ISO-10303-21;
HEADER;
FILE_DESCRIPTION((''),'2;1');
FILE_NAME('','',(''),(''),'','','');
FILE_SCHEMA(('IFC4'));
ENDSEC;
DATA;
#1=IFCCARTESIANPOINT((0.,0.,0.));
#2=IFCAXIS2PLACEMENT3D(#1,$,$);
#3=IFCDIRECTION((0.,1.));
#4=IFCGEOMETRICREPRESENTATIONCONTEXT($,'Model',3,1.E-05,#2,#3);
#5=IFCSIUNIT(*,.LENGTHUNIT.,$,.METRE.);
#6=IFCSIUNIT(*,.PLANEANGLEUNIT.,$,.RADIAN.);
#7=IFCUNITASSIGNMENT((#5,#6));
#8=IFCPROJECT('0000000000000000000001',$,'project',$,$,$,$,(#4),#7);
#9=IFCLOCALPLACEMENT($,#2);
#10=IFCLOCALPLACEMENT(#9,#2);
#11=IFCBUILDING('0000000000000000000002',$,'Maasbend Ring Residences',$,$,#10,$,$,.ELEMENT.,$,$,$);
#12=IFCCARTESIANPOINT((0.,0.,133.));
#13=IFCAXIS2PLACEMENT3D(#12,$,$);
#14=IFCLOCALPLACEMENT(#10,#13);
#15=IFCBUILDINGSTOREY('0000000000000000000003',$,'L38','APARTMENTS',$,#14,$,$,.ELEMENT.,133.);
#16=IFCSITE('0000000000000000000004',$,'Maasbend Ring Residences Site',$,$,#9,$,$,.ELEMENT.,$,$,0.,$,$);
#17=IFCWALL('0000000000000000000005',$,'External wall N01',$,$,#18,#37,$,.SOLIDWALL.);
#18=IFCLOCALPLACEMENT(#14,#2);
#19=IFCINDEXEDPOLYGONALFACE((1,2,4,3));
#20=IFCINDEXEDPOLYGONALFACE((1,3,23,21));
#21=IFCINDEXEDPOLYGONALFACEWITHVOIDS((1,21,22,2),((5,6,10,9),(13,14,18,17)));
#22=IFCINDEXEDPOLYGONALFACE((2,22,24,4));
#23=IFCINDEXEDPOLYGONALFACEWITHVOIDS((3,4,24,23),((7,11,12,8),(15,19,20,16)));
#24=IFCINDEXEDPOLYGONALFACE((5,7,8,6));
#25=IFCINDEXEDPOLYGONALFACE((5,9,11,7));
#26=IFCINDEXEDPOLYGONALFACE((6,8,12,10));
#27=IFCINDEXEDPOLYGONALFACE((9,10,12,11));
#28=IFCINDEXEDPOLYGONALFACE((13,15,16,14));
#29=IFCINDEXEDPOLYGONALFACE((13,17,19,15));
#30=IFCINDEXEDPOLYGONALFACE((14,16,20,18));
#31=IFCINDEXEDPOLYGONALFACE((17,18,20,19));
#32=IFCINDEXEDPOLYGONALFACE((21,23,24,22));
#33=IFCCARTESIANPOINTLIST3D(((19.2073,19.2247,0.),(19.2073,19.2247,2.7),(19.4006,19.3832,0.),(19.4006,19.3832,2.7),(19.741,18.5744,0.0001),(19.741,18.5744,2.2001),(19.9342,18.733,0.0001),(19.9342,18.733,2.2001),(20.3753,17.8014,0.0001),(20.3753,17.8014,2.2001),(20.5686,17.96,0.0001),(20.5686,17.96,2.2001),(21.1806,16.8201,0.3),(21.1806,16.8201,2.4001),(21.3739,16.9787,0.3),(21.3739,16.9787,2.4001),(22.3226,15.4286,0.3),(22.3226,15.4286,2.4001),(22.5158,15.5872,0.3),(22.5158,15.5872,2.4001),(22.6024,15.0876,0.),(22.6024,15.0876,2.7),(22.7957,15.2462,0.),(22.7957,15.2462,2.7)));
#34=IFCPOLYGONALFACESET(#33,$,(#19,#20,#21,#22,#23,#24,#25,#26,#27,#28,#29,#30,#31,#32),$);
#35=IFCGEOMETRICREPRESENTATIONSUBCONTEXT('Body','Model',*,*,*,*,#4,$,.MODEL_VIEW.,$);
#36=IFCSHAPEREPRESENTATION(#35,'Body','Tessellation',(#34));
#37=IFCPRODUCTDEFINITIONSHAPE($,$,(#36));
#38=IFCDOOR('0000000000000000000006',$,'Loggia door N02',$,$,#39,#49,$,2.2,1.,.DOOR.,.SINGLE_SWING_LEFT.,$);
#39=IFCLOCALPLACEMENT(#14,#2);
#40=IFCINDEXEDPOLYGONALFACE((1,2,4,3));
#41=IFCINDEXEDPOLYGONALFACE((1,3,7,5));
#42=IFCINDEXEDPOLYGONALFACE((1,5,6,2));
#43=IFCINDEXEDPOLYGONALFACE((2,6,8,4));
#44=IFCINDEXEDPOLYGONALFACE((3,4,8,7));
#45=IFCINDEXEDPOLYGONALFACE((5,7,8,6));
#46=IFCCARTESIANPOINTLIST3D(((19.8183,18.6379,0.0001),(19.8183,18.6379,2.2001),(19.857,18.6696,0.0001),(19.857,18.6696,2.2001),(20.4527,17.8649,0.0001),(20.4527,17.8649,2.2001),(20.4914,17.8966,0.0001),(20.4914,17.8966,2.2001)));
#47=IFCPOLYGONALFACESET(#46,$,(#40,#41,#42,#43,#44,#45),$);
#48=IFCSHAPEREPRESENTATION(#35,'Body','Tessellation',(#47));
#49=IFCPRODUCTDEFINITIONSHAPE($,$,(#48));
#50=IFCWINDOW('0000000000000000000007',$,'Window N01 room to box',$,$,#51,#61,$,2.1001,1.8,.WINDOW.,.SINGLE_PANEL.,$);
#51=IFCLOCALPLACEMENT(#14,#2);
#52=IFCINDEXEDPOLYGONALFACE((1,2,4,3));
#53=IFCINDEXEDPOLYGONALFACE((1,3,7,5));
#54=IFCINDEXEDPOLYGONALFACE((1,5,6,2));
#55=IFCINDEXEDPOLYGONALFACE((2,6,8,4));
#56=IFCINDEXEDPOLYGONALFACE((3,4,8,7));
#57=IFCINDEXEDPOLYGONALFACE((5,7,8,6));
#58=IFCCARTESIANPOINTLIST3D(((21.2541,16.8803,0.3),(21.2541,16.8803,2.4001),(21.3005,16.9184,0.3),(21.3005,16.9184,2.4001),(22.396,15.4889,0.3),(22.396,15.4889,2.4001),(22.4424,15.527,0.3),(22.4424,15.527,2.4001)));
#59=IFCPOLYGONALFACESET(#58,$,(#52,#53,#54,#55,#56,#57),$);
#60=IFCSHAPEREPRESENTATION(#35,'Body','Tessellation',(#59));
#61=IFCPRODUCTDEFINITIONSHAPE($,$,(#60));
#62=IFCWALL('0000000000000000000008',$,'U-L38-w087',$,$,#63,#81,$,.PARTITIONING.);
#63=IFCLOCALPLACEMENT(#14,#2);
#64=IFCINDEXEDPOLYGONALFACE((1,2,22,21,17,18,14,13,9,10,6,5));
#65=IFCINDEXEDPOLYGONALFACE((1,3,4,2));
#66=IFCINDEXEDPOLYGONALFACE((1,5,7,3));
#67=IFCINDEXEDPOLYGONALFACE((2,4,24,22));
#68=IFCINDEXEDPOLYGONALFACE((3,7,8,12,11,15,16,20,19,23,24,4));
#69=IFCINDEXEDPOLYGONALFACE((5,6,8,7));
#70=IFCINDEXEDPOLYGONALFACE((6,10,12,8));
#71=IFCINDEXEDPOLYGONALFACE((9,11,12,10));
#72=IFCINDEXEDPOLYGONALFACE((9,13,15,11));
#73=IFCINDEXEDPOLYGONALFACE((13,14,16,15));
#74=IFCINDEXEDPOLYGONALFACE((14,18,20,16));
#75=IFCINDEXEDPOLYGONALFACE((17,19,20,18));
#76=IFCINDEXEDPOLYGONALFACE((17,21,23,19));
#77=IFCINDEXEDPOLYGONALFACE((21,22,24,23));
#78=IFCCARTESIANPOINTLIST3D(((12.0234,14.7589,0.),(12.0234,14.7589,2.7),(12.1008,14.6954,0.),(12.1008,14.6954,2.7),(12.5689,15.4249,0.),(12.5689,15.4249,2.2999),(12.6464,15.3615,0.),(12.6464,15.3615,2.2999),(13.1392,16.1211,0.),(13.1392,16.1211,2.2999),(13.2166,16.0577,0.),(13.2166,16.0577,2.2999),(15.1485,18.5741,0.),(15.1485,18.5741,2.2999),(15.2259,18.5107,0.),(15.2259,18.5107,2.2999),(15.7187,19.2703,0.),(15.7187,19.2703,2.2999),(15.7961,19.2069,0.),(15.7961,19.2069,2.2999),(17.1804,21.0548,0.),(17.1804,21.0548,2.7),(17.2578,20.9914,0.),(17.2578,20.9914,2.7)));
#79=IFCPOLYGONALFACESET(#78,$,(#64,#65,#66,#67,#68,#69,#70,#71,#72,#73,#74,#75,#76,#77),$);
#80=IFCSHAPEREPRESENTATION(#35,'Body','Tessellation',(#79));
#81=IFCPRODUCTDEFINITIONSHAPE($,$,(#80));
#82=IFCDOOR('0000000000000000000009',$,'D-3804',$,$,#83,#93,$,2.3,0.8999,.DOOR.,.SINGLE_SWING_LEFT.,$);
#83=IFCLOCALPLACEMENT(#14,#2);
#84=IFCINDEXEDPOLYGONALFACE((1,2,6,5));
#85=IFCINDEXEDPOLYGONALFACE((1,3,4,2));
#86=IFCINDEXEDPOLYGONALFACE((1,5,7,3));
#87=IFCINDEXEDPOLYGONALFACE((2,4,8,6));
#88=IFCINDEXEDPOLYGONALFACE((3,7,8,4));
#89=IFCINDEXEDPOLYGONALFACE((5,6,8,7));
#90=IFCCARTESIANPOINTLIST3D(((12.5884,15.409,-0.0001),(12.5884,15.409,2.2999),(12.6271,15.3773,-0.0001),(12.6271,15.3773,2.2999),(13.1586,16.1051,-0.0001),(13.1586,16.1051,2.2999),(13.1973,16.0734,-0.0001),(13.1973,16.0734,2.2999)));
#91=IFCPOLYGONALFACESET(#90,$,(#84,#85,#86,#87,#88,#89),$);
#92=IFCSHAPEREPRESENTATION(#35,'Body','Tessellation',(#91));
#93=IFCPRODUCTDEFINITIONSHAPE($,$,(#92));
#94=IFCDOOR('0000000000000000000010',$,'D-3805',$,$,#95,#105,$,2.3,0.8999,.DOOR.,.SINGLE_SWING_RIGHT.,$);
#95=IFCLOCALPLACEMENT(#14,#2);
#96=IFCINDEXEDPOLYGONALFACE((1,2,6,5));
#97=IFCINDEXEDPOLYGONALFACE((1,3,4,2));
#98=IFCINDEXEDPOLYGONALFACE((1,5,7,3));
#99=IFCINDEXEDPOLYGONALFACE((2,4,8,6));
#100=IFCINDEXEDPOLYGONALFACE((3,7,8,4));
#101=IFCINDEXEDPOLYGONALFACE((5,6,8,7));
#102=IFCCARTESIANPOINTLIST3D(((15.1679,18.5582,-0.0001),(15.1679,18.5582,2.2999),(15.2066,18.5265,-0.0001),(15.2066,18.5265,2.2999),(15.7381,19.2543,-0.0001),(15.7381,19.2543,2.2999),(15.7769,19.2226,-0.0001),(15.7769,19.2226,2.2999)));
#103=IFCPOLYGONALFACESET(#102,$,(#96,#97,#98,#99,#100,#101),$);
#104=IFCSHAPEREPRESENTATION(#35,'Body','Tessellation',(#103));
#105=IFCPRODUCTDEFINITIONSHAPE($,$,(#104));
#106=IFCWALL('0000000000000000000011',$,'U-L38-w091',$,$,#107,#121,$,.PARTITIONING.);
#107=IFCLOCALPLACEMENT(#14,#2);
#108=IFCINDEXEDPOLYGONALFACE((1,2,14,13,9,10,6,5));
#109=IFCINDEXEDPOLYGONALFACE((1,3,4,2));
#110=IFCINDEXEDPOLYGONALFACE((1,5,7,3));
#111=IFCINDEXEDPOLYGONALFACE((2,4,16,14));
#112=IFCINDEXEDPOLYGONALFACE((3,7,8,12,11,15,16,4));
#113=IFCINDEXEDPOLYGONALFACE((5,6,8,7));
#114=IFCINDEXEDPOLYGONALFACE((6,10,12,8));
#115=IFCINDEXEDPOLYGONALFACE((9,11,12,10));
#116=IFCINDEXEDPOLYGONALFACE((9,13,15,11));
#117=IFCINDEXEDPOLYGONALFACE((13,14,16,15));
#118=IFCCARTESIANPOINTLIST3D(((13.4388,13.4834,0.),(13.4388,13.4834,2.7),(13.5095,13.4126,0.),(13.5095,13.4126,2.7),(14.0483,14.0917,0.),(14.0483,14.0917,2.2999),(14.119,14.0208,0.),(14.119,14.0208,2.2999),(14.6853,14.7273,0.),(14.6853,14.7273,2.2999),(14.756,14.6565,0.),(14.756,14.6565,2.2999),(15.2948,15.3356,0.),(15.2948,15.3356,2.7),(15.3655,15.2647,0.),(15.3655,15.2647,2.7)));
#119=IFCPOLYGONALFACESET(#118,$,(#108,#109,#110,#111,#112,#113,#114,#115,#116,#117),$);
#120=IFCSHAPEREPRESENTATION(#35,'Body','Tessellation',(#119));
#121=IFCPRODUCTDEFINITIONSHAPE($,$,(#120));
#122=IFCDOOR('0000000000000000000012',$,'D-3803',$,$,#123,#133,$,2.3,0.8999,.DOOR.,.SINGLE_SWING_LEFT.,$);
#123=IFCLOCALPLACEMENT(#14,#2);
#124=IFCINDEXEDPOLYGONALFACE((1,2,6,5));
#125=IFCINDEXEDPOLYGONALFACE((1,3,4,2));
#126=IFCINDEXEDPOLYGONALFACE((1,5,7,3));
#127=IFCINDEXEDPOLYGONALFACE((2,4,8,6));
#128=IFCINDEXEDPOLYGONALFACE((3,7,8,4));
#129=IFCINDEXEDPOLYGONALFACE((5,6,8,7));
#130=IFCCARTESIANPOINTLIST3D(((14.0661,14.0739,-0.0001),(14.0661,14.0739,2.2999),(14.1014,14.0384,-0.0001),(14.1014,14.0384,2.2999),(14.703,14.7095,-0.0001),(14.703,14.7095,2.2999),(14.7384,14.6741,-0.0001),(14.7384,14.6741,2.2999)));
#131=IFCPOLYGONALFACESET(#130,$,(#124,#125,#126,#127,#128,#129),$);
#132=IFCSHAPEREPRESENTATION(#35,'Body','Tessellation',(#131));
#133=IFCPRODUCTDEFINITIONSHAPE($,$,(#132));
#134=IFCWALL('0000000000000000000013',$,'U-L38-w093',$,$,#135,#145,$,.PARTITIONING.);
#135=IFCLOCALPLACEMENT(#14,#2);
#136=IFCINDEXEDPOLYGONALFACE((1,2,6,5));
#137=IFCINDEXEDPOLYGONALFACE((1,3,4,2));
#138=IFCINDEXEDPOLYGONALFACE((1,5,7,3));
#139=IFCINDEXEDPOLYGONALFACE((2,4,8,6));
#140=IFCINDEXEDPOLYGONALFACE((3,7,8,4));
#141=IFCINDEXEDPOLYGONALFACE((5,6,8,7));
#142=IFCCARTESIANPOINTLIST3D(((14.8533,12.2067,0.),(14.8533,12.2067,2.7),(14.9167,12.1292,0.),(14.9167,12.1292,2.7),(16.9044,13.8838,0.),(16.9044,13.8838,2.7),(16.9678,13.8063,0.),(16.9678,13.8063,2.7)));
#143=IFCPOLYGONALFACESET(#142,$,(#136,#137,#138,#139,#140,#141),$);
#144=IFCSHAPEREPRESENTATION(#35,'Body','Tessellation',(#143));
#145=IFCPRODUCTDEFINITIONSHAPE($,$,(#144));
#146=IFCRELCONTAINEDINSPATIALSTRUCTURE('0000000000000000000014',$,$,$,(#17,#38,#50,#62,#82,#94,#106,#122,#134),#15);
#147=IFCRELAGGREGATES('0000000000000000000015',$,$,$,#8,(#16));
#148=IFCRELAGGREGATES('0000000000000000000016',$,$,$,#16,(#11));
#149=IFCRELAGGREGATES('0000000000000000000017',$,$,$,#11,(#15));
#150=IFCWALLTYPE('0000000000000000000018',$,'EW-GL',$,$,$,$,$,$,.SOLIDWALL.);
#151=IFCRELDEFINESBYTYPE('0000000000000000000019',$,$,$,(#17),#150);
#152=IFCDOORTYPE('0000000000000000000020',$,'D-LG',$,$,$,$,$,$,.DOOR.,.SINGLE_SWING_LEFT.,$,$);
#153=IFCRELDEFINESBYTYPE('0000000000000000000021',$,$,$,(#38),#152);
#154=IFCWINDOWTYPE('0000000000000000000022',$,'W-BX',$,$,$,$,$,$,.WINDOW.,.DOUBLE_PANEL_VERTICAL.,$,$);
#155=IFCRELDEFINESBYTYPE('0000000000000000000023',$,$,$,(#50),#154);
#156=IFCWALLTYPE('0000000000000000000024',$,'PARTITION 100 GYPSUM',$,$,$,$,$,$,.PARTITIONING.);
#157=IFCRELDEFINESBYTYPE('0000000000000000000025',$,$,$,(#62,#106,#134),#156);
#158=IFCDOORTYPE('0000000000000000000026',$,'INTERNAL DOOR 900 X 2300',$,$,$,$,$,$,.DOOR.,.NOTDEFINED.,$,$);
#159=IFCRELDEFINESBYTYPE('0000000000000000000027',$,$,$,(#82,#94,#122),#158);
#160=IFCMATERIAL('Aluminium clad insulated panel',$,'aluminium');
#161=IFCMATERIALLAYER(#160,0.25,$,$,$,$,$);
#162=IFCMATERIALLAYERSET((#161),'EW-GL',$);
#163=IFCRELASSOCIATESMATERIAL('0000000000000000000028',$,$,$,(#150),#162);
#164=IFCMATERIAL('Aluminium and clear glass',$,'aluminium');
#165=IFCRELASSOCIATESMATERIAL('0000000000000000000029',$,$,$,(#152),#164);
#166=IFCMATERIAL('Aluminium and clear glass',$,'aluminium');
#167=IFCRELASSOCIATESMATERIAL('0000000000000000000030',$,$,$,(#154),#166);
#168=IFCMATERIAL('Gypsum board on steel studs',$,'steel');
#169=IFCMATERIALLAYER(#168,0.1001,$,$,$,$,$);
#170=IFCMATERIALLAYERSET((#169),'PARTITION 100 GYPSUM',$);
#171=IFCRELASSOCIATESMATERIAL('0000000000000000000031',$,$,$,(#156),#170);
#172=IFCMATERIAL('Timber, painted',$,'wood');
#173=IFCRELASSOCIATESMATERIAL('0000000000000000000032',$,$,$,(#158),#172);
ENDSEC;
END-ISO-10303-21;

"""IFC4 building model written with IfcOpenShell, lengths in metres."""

from ifc_helpers import new_model, si_unit, direction, frame, frame_2d, origin, place, context, subcontext, project, spatial, rectangle, extrude, material, layer, layer_set, type_object, element, fill, save


model = new_model("IFC4")

# Units and contexts
model_context = context("Model", 3, precision=1e-05, world=origin(), true_north=direction((0.0, 1.0)))
body_context = subcontext(model_context, "Body", "Model", "MODEL_VIEW")
ifc_project = project(units=[si_unit("LENGTHUNIT", "METRE"), si_unit("PLANEANGLEUNIT", "RADIAN")], contexts=[model_context])

# Site, building, storey
site_placement = place(None, origin())
site = spatial("IfcSite", under=ifc_project, at=site_placement, Name="Maasbend Ring Residences Site", CompositionType="ELEMENT", RefElevation=0.0)
building_placement = place(site_placement, origin())
building = spatial("IfcBuilding", under=site, at=building_placement, Name="Maasbend Ring Residences", CompositionType="ELEMENT")
storey_placement = place(building_placement, frame((0.0, 0.0, 133.0)))
storey = spatial("IfcBuildingStorey", under=building, at=storey_placement, Name="L38", Description="APARTMENTS", CompositionType="ELEMENT", Elevation=133.0)

# Wall, openings, door, window
ifc_material_1 = material(Name="Aluminium clad insulated panel", Category="aluminium")
ifc_layer_1 = layer(ifc_material_1, 0.25)
ifc_layer_set_1 = layer_set([ifc_layer_1], Name="EW-GL")
wall_type_1 = type_object("IfcWallType", Name="EW-GL", PredefinedType="SOLIDWALL", material=ifc_layer_set_1)
wall_1_placement = place(storey_placement, frame((22.699, 15.167, 0.0), z_axis=(0.0, 0.0, 1.0), x_axis=(-0.634382, 0.773019, 0.0)))
wall_1 = element("IfcWall", 1, at=wall_1_placement, inside=storey, type_object=wall_type_1, Name="External wall N01", PredefinedType="SOLIDWALL", context=body_context, shape_type="SweptSolid", body=[
    extrude(rectangle(XDim=5.3518, YDim=0.25, at=frame_2d((2.6758, 0.0))), origin(), (0.0, 0.0, 1.0), 2.7),
])
opening_1_placement = place(wall_1_placement, frame((0.4412, 0.0, 0.3)))
opening_1 = element("IfcOpeningElement", 2, at=opening_1_placement, cuts=wall_1, PredefinedType="OPENING", context=body_context, shape_type="SweptSolid", body=[
    extrude(rectangle(XDim=1.8, YDim=2.1001, at=frame_2d((0.8999, 1.05))), frame((0.0, 0.135, 0.0), z_axis=(0.0, -1.0, 0.0), x_axis=(1.0, 0.0, 0.0)), (0.0, 0.0, 1.0), 0.27),
])
opening_2_placement = place(wall_1_placement, frame((3.5105, 0.0, 0.0)))
opening_2 = element("IfcOpeningElement", 3, at=opening_2_placement, cuts=wall_1, PredefinedType="OPENING", context=body_context, shape_type="SweptSolid", body=[
    extrude(rectangle(XDim=1.0, YDim=2.2, at=frame_2d((0.5, 1.1001))), frame((0.0, 0.135, 0.0), z_axis=(0.0, -1.0, 0.0), x_axis=(1.0, 0.0, 0.0)), (0.0, 0.0, 1.0), 0.27),
])
ifc_material_2 = material(Name="Aluminium and clear glass", Category="aluminium")
door_type_1 = type_object("IfcDoorType", Name="D-LG", OperationType="SINGLE_SWING_LEFT", PredefinedType="DOOR", material=ifc_material_2)
door_1_placement = place(opening_2_placement, origin())
door_1 = element("IfcDoor", 4, at=door_1_placement, inside=storey, type_object=door_type_1, Name="Loggia door N02", OperationType="SINGLE_SWING_LEFT", OverallHeight=2.2, OverallWidth=1.0, PredefinedType="DOOR", context=body_context, shape_type="SweptSolid", body=[
    extrude(rectangle(XDim=1.0, YDim=2.2, at=frame_2d((0.5, 1.1001))), frame((0.0, 0.0249, 0.0), z_axis=(0.0, -1.0, 0.0), x_axis=(1.0, 0.0, 0.0)), (0.0, 0.0, 1.0), 0.05),
])
fill(opening_2, door_1)
ifc_material_3 = material(Name="Aluminium and clear glass", Category="aluminium")
window_type_1 = type_object("IfcWindowType", Name="W-BX", PartitioningType="DOUBLE_PANEL_VERTICAL", PredefinedType="WINDOW", material=ifc_material_3)
window_1_placement = place(opening_1_placement, origin())
window_1 = element("IfcWindow", 5, at=window_1_placement, inside=storey, type_object=window_type_1, Name="Window N01 room to box", OverallHeight=2.1001, OverallWidth=1.8, PartitioningType="SINGLE_PANEL", PredefinedType="WINDOW", context=body_context, shape_type="SweptSolid", body=[
    extrude(rectangle(XDim=1.8, YDim=2.1001, at=frame_2d((0.8999, 1.05))), frame((0.0, 0.03, 0.0), z_axis=(0.0, -1.0, 0.0), x_axis=(1.0, 0.0, 0.0)), (0.0, 0.0, 1.0), 0.0601),
])
fill(opening_1, window_1)

# Wall, openings, doors
ifc_material_4 = material(Name="Gypsum board on steel studs", Category="steel")
ifc_layer_2 = layer(ifc_material_4, 0.1001)
ifc_layer_set_2 = layer_set([ifc_layer_2], Name="PARTITION 100 GYPSUM")
wall_type_2 = type_object("IfcWallType", Name="PARTITION 100 GYPSUM", PredefinedType="PARTITIONING", material=ifc_layer_set_2)
wall_2_placement = place(storey_placement, frame((12.062, 14.7271, 0.0), z_axis=(0.0, 0.0, 1.0), x_axis=(0.633664, 0.773608, 0.0)))
wall_2 = element("IfcWall", 6, at=wall_2_placement, inside=storey, type_object=wall_type_2, Name="U-L38-w087", PredefinedType="PARTITIONING", context=body_context, shape_type="SweptSolid", body=[
    extrude(rectangle(XDim=8.1384, YDim=0.1001, at=frame_2d((4.0693, 0.0))), origin(), (0.0, 0.0, 1.0), 2.7),
])
opening_3_placement = place(wall_2_placement, frame((0.8611, 0.0, 0.0)))
opening_3 = element("IfcOpeningElement", 7, at=opening_3_placement, cuts=wall_2, PredefinedType="OPENING", context=body_context, shape_type="SweptSolid", body=[
    extrude(rectangle(XDim=0.8999, YDim=2.3, at=frame_2d((0.45, 1.1499))), frame((0.0, 0.0601, 0.0), z_axis=(0.0, -1.0, 0.0), x_axis=(1.0, 0.0, 0.0)), (0.0, 0.0, 1.0), 0.1201),
])
opening_4_placement = place(wall_2_placement, frame((4.9319, 0.0, 0.0)))
opening_4 = element("IfcOpeningElement", 8, at=opening_4_placement, cuts=wall_2, PredefinedType="OPENING", context=body_context, shape_type="SweptSolid", body=[
    extrude(rectangle(XDim=0.8999, YDim=2.3, at=frame_2d((0.45, 1.1499))), frame((0.0, 0.0601, 0.0), z_axis=(0.0, -1.0, 0.0), x_axis=(1.0, 0.0, 0.0)), (0.0, 0.0, 1.0), 0.1201),
])
ifc_material_5 = material(Name="Timber, painted", Category="wood")
door_type_2 = type_object("IfcDoorType", Name="INTERNAL DOOR 900 X 2300", OperationType="NOTDEFINED", PredefinedType="DOOR", material=ifc_material_5)
door_2_placement = place(opening_3_placement, origin())
door_2 = element("IfcDoor", 9, at=door_2_placement, inside=storey, type_object=door_type_2, Name="D-3804", OperationType="SINGLE_SWING_LEFT", OverallHeight=2.3, OverallWidth=0.8999, PredefinedType="DOOR", context=body_context, shape_type="SweptSolid", body=[
    extrude(rectangle(XDim=0.8999, YDim=2.3, at=frame_2d((0.45, 1.1499))), frame((0.0, 0.0249, 0.0), z_axis=(0.0, -1.0, 0.0), x_axis=(1.0, 0.0, 0.0)), (0.0, 0.0, 1.0), 0.05),
])
fill(opening_3, door_2)
door_3_placement = place(opening_4_placement, origin())
door_3 = element("IfcDoor", 10, at=door_3_placement, inside=storey, type_object=door_type_2, Name="D-3805", OperationType="SINGLE_SWING_RIGHT", OverallHeight=2.3, OverallWidth=0.8999, PredefinedType="DOOR", context=body_context, shape_type="SweptSolid", body=[
    extrude(rectangle(XDim=0.8999, YDim=2.3, at=frame_2d((0.45, 1.1499))), frame((0.0, 0.0249, 0.0), z_axis=(0.0, -1.0, 0.0), x_axis=(1.0, 0.0, 0.0)), (0.0, 0.0, 1.0), 0.05),
])
fill(opening_4, door_3)

# Wall, opening, door
wall_3_placement = place(storey_placement, frame((13.4741, 13.448, 0.0), z_axis=(0.0, 0.0, 1.0), x_axis=(0.707851, 0.706361, 0.0)))
wall_3 = element("IfcWall", 11, at=wall_3_placement, inside=storey, type_object=wall_type_2, Name="U-L38-w091", PredefinedType="PARTITIONING", context=body_context, shape_type="SweptSolid", body=[
    extrude(rectangle(XDim=2.6221, YDim=0.1001, at=frame_2d((1.311, 0.0))), origin(), (0.0, 0.0, 1.0), 2.7),
])
opening_5_placement = place(wall_3_placement, frame((0.8611, 0.0, 0.0)))
opening_5 = element("IfcOpeningElement", 12, at=opening_5_placement, cuts=wall_3, PredefinedType="OPENING", context=body_context, shape_type="SweptSolid", body=[
    extrude(rectangle(XDim=0.8999, YDim=2.3, at=frame_2d((0.45, 1.1499))), frame((0.0, 0.0601, 0.0), z_axis=(0.0, -1.0, 0.0), x_axis=(1.0, 0.0, 0.0)), (0.0, 0.0, 1.0), 0.1201),
])
door_4_placement = place(opening_5_placement, origin())
door_4 = element("IfcDoor", 13, at=door_4_placement, inside=storey, type_object=door_type_2, Name="D-3803", OperationType="SINGLE_SWING_LEFT", OverallHeight=2.3, OverallWidth=0.8999, PredefinedType="DOOR", context=body_context, shape_type="SweptSolid", body=[
    extrude(rectangle(XDim=0.8999, YDim=2.3, at=frame_2d((0.45, 1.1499))), frame((0.0, 0.0249, 0.0), z_axis=(0.0, -1.0, 0.0), x_axis=(1.0, 0.0, 0.0)), (0.0, 0.0, 1.0), 0.05),
])
fill(opening_5, door_4)

# Wall
wall_4_placement = place(storey_placement, frame((14.885, 12.168, 0.0), z_axis=(0.0, 0.0, 1.0), x_axis=(0.774163, 0.632987, 0.0)))
element("IfcWall", 14, at=wall_4_placement, inside=storey, type_object=wall_type_2, Name="U-L38-w093", PredefinedType="PARTITIONING", context=body_context, shape_type="SweptSolid", body=[
    extrude(rectangle(XDim=2.6494, YDim=0.1001, at=frame_2d((1.3247, 0.0))), origin(), (0.0, 0.0, 1.0), 2.7),
])

save(model, "model.ifc")
